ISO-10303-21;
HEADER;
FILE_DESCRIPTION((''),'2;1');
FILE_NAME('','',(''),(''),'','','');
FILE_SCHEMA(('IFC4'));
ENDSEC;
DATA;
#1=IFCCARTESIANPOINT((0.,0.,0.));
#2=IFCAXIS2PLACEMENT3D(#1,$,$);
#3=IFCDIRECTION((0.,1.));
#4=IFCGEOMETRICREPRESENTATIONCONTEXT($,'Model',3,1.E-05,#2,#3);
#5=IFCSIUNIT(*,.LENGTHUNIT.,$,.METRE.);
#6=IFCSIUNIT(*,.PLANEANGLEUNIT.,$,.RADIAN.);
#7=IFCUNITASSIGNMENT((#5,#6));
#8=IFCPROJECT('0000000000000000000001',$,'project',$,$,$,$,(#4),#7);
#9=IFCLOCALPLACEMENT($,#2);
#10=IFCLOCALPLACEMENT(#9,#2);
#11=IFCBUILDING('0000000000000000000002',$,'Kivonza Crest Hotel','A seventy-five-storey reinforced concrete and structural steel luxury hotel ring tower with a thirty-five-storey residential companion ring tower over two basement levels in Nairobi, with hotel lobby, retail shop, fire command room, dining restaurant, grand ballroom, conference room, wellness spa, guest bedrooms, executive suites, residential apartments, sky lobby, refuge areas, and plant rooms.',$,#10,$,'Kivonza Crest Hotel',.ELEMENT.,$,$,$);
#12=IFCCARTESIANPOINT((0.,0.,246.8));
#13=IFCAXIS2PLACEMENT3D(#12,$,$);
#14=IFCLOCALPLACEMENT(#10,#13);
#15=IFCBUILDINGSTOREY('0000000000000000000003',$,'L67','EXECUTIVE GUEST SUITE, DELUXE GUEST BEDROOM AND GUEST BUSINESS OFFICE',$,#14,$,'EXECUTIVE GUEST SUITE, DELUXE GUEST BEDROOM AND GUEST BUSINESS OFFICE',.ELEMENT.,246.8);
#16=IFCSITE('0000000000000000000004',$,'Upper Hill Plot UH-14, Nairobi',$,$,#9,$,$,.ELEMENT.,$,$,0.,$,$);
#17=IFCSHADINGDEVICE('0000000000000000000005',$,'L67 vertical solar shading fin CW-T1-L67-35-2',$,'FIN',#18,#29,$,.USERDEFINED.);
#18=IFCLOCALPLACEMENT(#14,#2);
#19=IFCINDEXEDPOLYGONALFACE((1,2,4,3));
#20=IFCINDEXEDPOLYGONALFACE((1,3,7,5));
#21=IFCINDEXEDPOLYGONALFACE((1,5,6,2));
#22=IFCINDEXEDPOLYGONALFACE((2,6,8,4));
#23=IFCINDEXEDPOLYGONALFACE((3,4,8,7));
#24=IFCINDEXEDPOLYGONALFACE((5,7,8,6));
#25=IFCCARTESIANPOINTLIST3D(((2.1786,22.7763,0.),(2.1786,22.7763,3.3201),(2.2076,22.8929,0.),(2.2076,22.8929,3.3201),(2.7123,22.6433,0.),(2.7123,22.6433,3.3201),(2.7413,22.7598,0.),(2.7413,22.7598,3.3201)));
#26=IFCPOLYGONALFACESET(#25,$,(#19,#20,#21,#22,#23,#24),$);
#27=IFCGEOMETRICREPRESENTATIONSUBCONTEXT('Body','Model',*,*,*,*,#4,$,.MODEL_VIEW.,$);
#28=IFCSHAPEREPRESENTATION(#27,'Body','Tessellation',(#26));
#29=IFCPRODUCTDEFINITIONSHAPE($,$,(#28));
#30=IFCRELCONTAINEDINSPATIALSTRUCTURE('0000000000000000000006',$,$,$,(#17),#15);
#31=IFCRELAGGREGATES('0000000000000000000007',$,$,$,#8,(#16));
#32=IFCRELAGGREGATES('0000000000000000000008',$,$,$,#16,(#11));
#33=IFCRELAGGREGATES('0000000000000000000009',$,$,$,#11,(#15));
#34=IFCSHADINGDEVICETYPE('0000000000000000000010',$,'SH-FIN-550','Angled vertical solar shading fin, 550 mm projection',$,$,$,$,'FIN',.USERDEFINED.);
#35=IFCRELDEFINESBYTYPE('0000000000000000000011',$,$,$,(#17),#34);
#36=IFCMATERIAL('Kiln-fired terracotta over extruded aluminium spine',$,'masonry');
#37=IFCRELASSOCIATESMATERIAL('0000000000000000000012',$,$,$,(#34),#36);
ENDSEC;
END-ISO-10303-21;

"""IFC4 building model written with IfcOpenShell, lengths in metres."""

from ifc_helpers import new_model, si_unit, direction, frame, origin, origin_2d, place, context, subcontext, project, spatial, rectangle, extrude, material, type_object, element, save


model = new_model("IFC4")

# Units and contexts
model_context = context("Model", 3, precision=1e-05, world=origin(), true_north=direction((0.0, 1.0)))
body_context = subcontext(model_context, "Body", "Model", "MODEL_VIEW")
ifc_project = project(units=[si_unit("LENGTHUNIT", "METRE"), si_unit("PLANEANGLEUNIT", "RADIAN")], contexts=[model_context])

# Site, building, storey
site_placement = place(None, origin())
site = spatial("IfcSite", under=ifc_project, at=site_placement, Name="Upper Hill Plot UH-14, Nairobi", CompositionType="ELEMENT", RefElevation=0.0)
building_placement = place(site_placement, origin())
building = spatial("IfcBuilding", under=site, at=building_placement, Name="Kivonza Crest Hotel", Description="A seventy-five-storey reinforced concrete and structural steel luxury hotel ring tower with a thirty-five-storey residential companion ring tower over two basement levels in Nairobi, with hotel lobby, retail shop, fire command room, dining restaurant, grand ballroom, conference room, wellness spa, guest bedrooms, executive suites, residential apartments, sky lobby, refuge areas, and plant rooms.", LongName="Kivonza Crest Hotel", CompositionType="ELEMENT")
storey_placement = place(building_placement, frame((0.0, 0.0, 246.8)))
storey = spatial("IfcBuildingStorey", under=building, at=storey_placement, Name="L67", Description="EXECUTIVE GUEST SUITE, DELUXE GUEST BEDROOM AND GUEST BUSINESS OFFICE", LongName="EXECUTIVE GUEST SUITE, DELUXE GUEST BEDROOM AND GUEST BUSINESS OFFICE", CompositionType="ELEMENT", Elevation=246.8)

# Shading device
ifc_material_1 = material(Name="Kiln-fired terracotta over extruded aluminium spine", Category="masonry")
shading_device_type = type_object("IfcShadingDeviceType", Name="SH-FIN-550", Description="Angled vertical solar shading fin, 550 mm projection", ElementType="FIN", PredefinedType="USERDEFINED", material=ifc_material_1)
shading_device_placement = place(storey_placement, frame((2.46, 22.7681, 0.0), z_axis=(0.0, 0.0, 1.0), x_axis=(-0.241922, -0.970296, 0.0)))
element("IfcShadingDevice", 1, at=shading_device_placement, inside=storey, type_object=shading_device_type, Name="L67 vertical solar shading fin CW-T1-L67-35-2", ObjectType="FIN", PredefinedType="USERDEFINED", context=body_context, shape_type="SweptSolid", body=[
    extrude(rectangle(XDim=0.1201, YDim=0.55, at=origin_2d()), origin(), (0.0, 0.0, 1.0), 3.3201),
])

save(model, "model.ifc")
